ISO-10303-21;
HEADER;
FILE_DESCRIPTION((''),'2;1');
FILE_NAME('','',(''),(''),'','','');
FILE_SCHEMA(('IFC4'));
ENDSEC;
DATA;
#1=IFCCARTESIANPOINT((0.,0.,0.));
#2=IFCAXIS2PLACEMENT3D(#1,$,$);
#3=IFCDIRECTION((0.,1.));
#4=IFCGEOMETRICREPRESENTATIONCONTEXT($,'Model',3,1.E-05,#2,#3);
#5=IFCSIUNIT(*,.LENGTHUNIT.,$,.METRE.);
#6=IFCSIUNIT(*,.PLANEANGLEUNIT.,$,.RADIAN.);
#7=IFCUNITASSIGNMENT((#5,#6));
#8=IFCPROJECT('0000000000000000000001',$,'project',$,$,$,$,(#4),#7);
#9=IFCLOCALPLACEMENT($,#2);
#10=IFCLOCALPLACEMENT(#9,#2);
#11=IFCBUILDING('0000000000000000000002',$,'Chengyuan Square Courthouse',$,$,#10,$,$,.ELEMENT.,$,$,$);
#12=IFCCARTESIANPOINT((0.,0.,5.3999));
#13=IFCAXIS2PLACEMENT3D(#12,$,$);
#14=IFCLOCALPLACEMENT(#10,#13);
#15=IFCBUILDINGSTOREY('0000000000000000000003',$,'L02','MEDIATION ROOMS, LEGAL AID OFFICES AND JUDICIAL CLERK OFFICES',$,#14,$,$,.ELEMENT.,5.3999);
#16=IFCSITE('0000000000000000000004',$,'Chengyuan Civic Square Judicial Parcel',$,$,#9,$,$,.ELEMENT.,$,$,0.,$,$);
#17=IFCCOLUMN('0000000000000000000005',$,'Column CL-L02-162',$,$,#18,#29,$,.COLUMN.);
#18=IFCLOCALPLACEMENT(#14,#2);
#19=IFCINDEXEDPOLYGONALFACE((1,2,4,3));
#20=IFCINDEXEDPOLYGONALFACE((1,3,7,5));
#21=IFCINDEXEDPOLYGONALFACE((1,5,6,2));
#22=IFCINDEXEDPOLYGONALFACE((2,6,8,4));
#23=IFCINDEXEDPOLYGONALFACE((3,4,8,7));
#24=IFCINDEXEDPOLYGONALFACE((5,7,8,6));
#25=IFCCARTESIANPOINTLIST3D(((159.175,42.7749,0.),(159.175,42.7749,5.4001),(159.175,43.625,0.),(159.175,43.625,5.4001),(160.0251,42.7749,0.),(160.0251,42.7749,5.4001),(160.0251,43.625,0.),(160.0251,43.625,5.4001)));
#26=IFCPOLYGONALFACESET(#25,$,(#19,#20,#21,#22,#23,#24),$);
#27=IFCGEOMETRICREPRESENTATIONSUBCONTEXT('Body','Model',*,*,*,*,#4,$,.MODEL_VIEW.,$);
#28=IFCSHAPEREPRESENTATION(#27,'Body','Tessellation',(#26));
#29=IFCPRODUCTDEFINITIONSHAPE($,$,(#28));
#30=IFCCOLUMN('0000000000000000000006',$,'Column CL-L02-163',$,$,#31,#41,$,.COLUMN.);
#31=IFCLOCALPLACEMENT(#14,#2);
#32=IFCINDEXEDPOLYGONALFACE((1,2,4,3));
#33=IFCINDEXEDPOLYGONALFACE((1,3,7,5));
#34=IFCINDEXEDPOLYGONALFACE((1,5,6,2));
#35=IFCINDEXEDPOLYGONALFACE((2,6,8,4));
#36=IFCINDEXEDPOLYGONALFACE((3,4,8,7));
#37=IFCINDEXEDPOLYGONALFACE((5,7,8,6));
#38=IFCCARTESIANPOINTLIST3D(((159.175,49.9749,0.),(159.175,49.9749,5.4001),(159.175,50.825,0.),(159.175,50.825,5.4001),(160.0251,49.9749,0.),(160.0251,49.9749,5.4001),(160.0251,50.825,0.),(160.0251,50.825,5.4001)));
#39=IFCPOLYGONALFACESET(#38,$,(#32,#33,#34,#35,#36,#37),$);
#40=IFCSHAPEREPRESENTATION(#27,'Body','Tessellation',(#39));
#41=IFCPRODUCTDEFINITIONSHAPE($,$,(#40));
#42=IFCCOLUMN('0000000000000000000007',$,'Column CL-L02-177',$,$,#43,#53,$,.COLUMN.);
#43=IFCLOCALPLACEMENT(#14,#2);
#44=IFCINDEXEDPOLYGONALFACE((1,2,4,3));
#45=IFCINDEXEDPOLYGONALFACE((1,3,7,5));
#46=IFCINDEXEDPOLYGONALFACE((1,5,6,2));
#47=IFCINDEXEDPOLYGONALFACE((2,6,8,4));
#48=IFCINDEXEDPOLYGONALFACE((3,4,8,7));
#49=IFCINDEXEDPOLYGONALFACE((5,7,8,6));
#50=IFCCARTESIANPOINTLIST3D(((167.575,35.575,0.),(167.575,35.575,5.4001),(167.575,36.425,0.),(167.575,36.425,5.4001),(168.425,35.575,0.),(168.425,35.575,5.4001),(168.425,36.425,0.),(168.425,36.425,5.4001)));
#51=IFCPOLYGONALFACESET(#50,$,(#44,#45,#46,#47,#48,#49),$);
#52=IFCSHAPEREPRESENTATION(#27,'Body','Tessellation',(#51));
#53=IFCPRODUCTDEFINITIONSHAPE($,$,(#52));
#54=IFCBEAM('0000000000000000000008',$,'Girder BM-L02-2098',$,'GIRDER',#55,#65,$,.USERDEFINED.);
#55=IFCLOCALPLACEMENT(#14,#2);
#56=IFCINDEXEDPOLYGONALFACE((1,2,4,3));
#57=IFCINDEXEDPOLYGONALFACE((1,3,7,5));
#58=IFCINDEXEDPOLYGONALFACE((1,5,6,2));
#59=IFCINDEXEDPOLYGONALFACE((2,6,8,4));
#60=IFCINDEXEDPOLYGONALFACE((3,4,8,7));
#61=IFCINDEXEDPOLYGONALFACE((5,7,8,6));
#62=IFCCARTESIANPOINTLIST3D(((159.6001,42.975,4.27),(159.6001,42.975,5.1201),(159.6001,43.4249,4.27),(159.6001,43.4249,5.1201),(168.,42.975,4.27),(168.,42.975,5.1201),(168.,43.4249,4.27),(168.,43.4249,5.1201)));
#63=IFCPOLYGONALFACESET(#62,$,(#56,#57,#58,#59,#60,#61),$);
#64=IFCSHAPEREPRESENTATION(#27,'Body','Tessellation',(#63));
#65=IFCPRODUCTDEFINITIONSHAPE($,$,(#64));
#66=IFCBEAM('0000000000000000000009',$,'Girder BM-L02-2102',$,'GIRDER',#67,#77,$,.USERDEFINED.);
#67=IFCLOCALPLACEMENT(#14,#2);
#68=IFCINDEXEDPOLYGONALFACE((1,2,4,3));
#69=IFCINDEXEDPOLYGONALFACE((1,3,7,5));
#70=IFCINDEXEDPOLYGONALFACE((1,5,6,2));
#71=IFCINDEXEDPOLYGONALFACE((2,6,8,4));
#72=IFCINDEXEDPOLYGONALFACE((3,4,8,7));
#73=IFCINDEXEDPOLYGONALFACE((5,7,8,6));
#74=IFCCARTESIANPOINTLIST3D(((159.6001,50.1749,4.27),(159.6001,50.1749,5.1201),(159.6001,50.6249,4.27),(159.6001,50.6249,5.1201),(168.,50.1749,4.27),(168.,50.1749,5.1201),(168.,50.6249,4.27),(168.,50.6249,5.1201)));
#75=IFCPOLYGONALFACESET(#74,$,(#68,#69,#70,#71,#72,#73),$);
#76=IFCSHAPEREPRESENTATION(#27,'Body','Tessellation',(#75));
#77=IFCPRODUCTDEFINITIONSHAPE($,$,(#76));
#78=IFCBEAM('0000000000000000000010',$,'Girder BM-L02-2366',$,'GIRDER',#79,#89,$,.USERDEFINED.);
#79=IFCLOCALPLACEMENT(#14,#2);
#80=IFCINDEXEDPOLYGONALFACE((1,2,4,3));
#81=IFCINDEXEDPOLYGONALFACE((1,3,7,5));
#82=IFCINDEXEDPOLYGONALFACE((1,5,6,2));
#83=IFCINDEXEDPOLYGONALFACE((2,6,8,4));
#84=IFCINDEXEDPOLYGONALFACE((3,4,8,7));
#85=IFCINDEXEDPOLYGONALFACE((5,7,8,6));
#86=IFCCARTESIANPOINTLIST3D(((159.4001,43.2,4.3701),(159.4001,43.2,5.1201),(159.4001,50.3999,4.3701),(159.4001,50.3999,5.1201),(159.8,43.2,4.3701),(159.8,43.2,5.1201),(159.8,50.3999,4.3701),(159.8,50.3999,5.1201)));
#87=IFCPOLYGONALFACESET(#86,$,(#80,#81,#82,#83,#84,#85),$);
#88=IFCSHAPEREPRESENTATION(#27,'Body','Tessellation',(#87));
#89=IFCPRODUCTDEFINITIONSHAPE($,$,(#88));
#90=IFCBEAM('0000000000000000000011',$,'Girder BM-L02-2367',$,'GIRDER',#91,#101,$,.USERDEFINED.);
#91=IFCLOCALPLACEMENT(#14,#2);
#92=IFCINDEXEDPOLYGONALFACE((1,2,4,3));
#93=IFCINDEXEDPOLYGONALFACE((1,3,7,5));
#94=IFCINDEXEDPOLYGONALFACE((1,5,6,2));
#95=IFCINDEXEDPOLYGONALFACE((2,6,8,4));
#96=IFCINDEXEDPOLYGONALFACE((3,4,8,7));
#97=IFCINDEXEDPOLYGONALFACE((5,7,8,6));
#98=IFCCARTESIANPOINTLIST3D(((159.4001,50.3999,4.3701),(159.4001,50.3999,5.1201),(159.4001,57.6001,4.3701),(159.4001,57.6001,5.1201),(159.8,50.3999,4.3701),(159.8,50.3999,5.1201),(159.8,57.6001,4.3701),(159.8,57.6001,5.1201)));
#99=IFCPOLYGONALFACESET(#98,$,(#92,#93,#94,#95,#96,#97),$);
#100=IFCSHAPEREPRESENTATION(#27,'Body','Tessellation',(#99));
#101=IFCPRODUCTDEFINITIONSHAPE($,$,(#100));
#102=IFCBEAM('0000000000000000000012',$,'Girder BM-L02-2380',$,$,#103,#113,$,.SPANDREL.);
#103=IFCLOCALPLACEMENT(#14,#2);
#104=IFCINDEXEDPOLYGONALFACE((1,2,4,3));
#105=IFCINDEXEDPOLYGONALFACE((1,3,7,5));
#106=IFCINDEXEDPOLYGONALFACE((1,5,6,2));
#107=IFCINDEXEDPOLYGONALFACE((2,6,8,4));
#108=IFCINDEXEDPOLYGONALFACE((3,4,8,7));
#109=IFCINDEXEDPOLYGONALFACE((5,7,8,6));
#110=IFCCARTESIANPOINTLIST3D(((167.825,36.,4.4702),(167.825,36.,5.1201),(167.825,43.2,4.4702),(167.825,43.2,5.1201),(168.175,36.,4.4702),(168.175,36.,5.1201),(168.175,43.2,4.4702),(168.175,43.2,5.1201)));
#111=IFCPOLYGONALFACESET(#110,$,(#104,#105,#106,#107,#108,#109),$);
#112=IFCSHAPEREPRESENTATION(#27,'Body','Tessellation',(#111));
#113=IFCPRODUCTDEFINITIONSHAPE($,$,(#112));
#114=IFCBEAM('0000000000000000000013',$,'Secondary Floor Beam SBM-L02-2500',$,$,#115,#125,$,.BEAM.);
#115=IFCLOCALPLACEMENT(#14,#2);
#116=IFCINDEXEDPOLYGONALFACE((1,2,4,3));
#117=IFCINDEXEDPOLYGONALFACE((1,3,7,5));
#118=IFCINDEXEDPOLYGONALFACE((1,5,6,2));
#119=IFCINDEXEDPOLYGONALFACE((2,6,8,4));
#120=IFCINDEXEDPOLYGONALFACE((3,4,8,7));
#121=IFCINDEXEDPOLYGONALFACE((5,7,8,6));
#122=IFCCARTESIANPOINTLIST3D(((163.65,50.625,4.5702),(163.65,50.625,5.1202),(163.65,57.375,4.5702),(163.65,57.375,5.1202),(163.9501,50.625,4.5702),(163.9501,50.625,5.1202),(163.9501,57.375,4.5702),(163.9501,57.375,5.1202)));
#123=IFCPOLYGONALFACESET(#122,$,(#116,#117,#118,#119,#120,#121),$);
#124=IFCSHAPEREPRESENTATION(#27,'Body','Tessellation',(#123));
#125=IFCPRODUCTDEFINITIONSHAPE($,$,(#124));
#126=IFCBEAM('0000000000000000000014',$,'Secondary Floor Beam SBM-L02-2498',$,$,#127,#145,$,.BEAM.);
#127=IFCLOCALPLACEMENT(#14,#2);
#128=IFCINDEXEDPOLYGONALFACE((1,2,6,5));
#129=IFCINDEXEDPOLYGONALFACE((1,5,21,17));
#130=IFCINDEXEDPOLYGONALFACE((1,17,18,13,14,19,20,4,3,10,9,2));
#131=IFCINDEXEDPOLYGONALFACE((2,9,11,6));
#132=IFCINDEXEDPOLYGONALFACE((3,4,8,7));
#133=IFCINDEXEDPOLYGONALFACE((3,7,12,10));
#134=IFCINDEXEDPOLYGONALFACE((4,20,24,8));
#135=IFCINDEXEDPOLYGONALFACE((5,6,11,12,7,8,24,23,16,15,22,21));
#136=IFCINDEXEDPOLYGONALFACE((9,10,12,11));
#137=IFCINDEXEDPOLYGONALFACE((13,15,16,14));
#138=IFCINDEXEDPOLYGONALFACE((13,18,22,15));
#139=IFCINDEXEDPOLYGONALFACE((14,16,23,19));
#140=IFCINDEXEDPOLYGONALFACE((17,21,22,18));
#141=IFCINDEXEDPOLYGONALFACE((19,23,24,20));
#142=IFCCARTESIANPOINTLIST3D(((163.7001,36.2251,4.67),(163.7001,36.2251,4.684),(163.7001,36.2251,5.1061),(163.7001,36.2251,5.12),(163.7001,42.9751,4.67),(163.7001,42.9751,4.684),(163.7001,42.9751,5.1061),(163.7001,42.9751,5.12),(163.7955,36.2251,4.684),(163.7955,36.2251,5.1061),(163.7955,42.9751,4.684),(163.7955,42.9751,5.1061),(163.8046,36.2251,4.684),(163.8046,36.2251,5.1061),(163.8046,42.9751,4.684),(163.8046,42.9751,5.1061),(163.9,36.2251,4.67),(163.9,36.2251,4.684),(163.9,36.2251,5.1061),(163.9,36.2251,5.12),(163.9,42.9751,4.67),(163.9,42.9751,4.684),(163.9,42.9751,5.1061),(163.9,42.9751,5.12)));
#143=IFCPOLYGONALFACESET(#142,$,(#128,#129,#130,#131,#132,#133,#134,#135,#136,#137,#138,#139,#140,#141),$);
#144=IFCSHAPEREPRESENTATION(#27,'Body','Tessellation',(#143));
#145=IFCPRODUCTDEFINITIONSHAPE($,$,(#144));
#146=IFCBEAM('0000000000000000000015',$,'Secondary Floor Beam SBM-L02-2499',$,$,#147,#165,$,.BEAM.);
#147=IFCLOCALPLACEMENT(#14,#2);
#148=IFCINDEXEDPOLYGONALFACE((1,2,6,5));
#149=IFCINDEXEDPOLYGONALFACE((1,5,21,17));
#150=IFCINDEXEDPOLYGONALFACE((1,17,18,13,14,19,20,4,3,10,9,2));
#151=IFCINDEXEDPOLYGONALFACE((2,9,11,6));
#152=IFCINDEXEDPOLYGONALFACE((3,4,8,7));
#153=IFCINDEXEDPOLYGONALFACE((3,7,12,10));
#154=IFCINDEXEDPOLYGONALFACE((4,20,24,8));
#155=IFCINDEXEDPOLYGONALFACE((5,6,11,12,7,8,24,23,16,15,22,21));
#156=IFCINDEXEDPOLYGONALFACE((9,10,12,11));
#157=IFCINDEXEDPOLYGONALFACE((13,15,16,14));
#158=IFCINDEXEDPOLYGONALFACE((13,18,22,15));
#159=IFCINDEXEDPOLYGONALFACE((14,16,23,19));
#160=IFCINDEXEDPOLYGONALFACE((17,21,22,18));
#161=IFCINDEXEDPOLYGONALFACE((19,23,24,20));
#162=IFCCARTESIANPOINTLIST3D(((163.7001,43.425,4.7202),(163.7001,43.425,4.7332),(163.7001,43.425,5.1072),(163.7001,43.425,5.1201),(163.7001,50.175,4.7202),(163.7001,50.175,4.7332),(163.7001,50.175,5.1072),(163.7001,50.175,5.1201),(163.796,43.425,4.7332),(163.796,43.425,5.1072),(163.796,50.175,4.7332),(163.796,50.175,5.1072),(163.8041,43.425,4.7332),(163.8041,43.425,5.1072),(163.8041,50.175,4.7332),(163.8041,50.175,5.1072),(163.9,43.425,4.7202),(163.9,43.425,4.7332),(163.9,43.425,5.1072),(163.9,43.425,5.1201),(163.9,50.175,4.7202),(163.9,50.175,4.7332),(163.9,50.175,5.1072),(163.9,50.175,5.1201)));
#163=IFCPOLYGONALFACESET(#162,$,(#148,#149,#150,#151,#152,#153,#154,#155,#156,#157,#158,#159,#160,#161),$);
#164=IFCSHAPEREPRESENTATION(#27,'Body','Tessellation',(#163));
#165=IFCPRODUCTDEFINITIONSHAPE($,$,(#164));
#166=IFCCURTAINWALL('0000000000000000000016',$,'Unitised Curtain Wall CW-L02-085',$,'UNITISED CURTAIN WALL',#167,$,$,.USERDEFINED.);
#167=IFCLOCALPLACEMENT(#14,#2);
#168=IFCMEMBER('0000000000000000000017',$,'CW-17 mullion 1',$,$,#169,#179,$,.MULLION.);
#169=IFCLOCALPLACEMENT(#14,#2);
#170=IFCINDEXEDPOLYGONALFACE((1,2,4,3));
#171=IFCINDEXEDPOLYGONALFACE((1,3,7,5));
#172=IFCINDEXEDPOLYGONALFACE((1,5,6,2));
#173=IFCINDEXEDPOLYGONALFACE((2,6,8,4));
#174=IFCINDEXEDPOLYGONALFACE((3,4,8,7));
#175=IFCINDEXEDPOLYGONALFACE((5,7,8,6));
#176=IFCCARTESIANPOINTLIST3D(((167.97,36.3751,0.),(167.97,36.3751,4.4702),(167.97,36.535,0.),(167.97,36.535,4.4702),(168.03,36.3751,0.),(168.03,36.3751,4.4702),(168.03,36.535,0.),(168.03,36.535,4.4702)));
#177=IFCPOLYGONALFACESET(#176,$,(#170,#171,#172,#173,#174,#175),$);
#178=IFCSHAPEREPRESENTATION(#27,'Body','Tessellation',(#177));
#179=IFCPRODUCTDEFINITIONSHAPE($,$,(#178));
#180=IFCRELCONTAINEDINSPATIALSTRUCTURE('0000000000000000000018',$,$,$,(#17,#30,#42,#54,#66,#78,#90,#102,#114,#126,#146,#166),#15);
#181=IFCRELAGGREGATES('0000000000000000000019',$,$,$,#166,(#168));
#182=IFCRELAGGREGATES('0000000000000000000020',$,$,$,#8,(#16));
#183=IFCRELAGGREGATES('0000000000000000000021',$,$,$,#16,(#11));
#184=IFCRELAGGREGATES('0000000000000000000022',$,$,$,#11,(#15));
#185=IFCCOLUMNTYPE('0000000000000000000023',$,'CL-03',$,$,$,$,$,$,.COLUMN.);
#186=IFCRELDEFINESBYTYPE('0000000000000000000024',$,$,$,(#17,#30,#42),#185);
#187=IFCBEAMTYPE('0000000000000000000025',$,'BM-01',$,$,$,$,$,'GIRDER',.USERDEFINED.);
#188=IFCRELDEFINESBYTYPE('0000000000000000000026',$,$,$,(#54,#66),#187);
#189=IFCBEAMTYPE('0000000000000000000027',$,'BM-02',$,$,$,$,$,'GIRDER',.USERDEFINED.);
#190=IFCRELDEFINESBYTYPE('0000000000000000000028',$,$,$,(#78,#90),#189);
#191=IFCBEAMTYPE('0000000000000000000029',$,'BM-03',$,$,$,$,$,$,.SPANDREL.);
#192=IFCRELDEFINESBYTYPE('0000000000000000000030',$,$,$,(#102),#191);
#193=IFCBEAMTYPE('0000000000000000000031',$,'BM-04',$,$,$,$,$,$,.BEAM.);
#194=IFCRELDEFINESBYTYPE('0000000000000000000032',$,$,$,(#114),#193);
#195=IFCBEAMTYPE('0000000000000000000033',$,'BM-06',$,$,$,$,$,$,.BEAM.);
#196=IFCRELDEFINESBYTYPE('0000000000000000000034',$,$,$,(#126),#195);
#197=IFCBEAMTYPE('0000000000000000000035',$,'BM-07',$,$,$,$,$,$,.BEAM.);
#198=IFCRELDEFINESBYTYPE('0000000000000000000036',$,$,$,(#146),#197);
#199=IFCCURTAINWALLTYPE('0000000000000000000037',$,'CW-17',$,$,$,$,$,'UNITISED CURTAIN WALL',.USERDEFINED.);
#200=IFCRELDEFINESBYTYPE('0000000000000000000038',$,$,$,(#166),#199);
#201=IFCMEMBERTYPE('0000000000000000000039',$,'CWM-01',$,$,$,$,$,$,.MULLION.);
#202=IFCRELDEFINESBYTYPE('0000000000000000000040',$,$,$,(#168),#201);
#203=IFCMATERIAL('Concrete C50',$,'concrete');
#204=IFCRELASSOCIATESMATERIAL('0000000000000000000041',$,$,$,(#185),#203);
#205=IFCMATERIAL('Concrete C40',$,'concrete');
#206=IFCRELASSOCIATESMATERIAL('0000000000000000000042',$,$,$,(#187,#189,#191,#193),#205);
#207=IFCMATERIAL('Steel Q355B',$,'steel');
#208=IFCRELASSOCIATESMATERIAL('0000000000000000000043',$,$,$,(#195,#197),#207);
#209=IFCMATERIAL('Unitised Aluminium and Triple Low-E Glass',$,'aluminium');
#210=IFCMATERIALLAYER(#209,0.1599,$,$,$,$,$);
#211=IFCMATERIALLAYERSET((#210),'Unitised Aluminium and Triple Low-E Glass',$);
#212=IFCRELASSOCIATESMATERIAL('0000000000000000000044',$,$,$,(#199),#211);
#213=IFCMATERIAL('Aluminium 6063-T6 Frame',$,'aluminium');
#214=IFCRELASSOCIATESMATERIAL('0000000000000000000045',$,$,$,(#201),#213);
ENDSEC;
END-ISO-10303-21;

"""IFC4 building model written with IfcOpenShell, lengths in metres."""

from ifc_helpers import new_model, si_unit, direction, frame, origin, origin_2d, place, context, subcontext, project, spatial, rectangle, i_section, extrude, material, layer, layer_set, material_profile, profile_set, type_object, element, aggregate, save


model = new_model("IFC4")

# Units and contexts
model_context = context("Model", 3, precision=1e-05, world=origin(), true_north=direction((0.0, 1.0)))
body_context = subcontext(model_context, "Body", "Model", "MODEL_VIEW")
ifc_project = project(units=[si_unit("LENGTHUNIT", "METRE"), si_unit("PLANEANGLEUNIT", "RADIAN")], contexts=[model_context])

# Site, building, storey
site_placement = place(None, origin())
site = spatial("IfcSite", under=ifc_project, at=site_placement, Name="Chengyuan Civic Square Judicial Parcel", CompositionType="ELEMENT", RefElevation=0.0)
building_placement = place(site_placement, origin())
building = spatial("IfcBuilding", under=site, at=building_placement, Name="Chengyuan Square Courthouse", CompositionType="ELEMENT")
storey_placement = place(building_placement, frame((0.0, 0.0, 5.3999)))
storey = spatial("IfcBuildingStorey", under=building, at=storey_placement, Name="L02", Description="MEDIATION ROOMS, LEGAL AID OFFICES AND JUDICIAL CLERK OFFICES", CompositionType="ELEMENT", Elevation=5.3999)

# Columns
ifc_material_1 = material(Name="Concrete C50", Category="concrete")
ifc_material_profile_1 = material_profile(ifc_material_1, rectangle(XDim=0.8501, YDim=0.8501, at=origin_2d()), Name="RC-COL-850x850")
ifc_profile_set_1 = profile_set([ifc_material_profile_1], Name="Concrete C50")
column_type = type_object("IfcColumnType", Name="CL-03", PredefinedType="COLUMN", material=ifc_profile_set_1)
for number, where, z_axis, x_axis, name in (
    (1, (159.6001, 43.2, 0.0), (0.0, 0.0, 1.0), (1.0, 0.0, 0.0), "Column CL-L02-162"),
    (2, (159.6001, 50.3999, 0.0), (0.0, 0.0, 1.0), (1.0, 0.0, 0.0), "Column CL-L02-163"),
    (3, (168.0, 36.0, 0.0), (0.0, 0.0, 1.0), (1.0, 0.0, 0.0), "Column CL-L02-177"),
):
    element("IfcColumn", number, at=place(storey_placement, frame(where, z_axis=z_axis, x_axis=x_axis)), inside=storey, type_object=column_type, Name=name, PredefinedType="COLUMN", context=body_context, shape_type="SweptSolid", body=[
        extrude(rectangle(XDim=0.8501, YDim=0.8501, at=origin_2d()), origin(), (0.0, 0.0, 1.0), 5.4001),
    ])

# Beams
ifc_material_2 = material(Name="Concrete C40", Category="concrete")
ifc_material_profile_2 = material_profile(ifc_material_2, rectangle(XDim=0.45, YDim=0.8501, at=origin_2d()), Name="RC-BM-450x850")
ifc_profile_set_2 = profile_set([ifc_material_profile_2], Name="Concrete C40")
beam_type_1 = type_object("IfcBeamType", Name="BM-01", ElementType="GIRDER", PredefinedType="USERDEFINED", material=ifc_profile_set_2)
for number, where, z_axis, x_axis, name in (
    (4, (159.6001, 43.2, 4.6951), (1.0, 0.0, 0.0), (0.0, 1.0, 0.0), "Girder BM-L02-2098"),
    (5, (159.6001, 50.3999, 4.6951), (1.0, 0.0, 0.0), (0.0, 1.0, 0.0), "Girder BM-L02-2102"),
):
    element("IfcBeam", number, at=place(storey_placement, frame(where, z_axis=z_axis, x_axis=x_axis)), inside=storey, type_object=beam_type_1, Name=name, ObjectType="GIRDER", PredefinedType="USERDEFINED", context=body_context, shape_type="SweptSolid", body=[
        extrude(rectangle(XDim=0.45, YDim=0.8501, at=origin_2d()), origin(), (0.0, 0.0, 1.0), 8.3999),
    ])
ifc_material_profile_3 = material_profile(ifc_material_2, rectangle(XDim=0.3999, YDim=0.75, at=origin_2d()), Name="RC-BM-400x750")
ifc_profile_set_3 = profile_set([ifc_material_profile_3], Name="Concrete C40")
beam_type_2 = type_object("IfcBeamType", Name="BM-02", ElementType="GIRDER", PredefinedType="USERDEFINED", material=ifc_profile_set_3)
beam_1_placement = place(storey_placement, frame((159.6001, 43.2, 4.7451), z_axis=(0.0, 1.0, 0.0), x_axis=(-1.0, 0.0, 0.0)))
element("IfcBeam", 6, at=beam_1_placement, inside=storey, type_object=beam_type_2, Name="Girder BM-L02-2366", ObjectType="GIRDER", PredefinedType="USERDEFINED", context=body_context, shape_type="SweptSolid", body=[
    extrude(rectangle(XDim=0.3999, YDim=0.75, at=origin_2d()), origin(), (0.0, 0.0, 1.0), 7.2),
])
beam_2_placement = place(storey_placement, frame((159.6001, 50.3999, 4.7451), z_axis=(0.0, 1.0, 0.0), x_axis=(-1.0, 0.0, 0.0)))
element("IfcBeam", 7, at=beam_2_placement, inside=storey, type_object=beam_type_2, Name="Girder BM-L02-2367", ObjectType="GIRDER", PredefinedType="USERDEFINED", context=body_context, shape_type="SweptSolid", body=[
    extrude(rectangle(XDim=0.3999, YDim=0.75, at=origin_2d()), origin(), (0.0, 0.0, 1.0), 7.2002),
])
ifc_material_profile_4 = material_profile(ifc_material_2, rectangle(XDim=0.3501, YDim=0.6499, at=origin_2d()), Name="RC-BM-350x650")
ifc_profile_set_4 = profile_set([ifc_material_profile_4], Name="Concrete C40")
beam_type_3 = type_object("IfcBeamType", Name="BM-03", PredefinedType="SPANDREL", material=ifc_profile_set_4)
beam_3_placement = place(storey_placement, frame((168.0, 36.0, 4.7952), z_axis=(0.0, 1.0, 0.0), x_axis=(-1.0, 0.0, 0.0)))
element("IfcBeam", 8, at=beam_3_placement, inside=storey, type_object=beam_type_3, Name="Girder BM-L02-2380", PredefinedType="SPANDREL", context=body_context, shape_type="SweptSolid", body=[
    extrude(rectangle(XDim=0.3501, YDim=0.6499, at=origin_2d()), origin(), (0.0, 0.0, 1.0), 7.2),
])
ifc_material_profile_5 = material_profile(ifc_material_2, rectangle(XDim=0.3, YDim=0.55, at=origin_2d()), Name="RC-BM-300x550")
ifc_profile_set_5 = profile_set([ifc_material_profile_5], Name="Concrete C40")
beam_type_4 = type_object("IfcBeamType", Name="BM-04", PredefinedType="BEAM", material=ifc_profile_set_5)
beam_4_placement = place(storey_placement, frame((163.8, 50.625, 4.8452), z_axis=(0.0, 1.0, 0.0), x_axis=(-1.0, 0.0, 0.0)))
element("IfcBeam", 9, at=beam_4_placement, inside=storey, type_object=beam_type_4, Name="Secondary Floor Beam SBM-L02-2500", PredefinedType="BEAM", context=body_context, shape_type="SweptSolid", body=[
    extrude(rectangle(XDim=0.3, YDim=0.55, at=origin_2d()), origin(), (0.0, 0.0, 1.0), 6.75),
])
ifc_material_3 = material(Name="Steel Q355B", Category="steel")
ifc_material_profile_6 = material_profile(ifc_material_3, i_section(OverallWidth=0.2, OverallDepth=0.45, WebThickness=0.009, FlangeThickness=0.0139, at=origin_2d()), Name="HN 450x200x9x14")
ifc_profile_set_6 = profile_set([ifc_material_profile_6], Name="Steel Q355B")
beam_type_5 = type_object("IfcBeamType", Name="BM-06", PredefinedType="BEAM", material=ifc_profile_set_6)
beam_5_placement = place(storey_placement, frame((163.8, 36.2251, 4.895), z_axis=(0.0, 1.0, 0.0), x_axis=(-1.0, 0.0, 0.0)))
element("IfcBeam", 10, at=beam_5_placement, inside=storey, type_object=beam_type_5, Name="Secondary Floor Beam SBM-L02-2498", PredefinedType="BEAM", context=body_context, shape_type="SweptSolid", body=[
    extrude(i_section(OverallWidth=0.2, OverallDepth=0.45, WebThickness=0.009, FlangeThickness=0.0139, at=origin_2d()), origin(), (0.0, 0.0, 1.0), 6.75),
])
ifc_material_profile_7 = material_profile(ifc_material_3, i_section(OverallWidth=0.2, OverallDepth=0.3999, WebThickness=0.0081, FlangeThickness=0.0129, at=origin_2d()), Name="HN 400x200x8x13")
ifc_profile_set_7 = profile_set([ifc_material_profile_7], Name="Steel Q355B")
beam_type_6 = type_object("IfcBeamType", Name="BM-07", PredefinedType="BEAM", material=ifc_profile_set_7)
beam_6_placement = place(storey_placement, frame((163.8, 43.425, 4.9202), z_axis=(0.0, 1.0, 0.0), x_axis=(-1.0, 0.0, 0.0)))
element("IfcBeam", 11, at=beam_6_placement, inside=storey, type_object=beam_type_6, Name="Secondary Floor Beam SBM-L02-2499", PredefinedType="BEAM", context=body_context, shape_type="SweptSolid", body=[
    extrude(i_section(OverallWidth=0.2, OverallDepth=0.3999, WebThickness=0.0081, FlangeThickness=0.0129, at=origin_2d()), origin(), (0.0, 0.0, 1.0), 6.75),
])

# Curtain wall, member
ifc_material_4 = material(Name="Unitised Aluminium and Triple Low-E Glass", Category="aluminium")
ifc_layer_1 = layer(ifc_material_4, 0.1599)
ifc_layer_set_1 = layer_set([ifc_layer_1], Name="Unitised Aluminium and Triple Low-E Glass")
curtain_wall_type = type_object("IfcCurtainWallType", Name="CW-17", ElementType="UNITISED CURTAIN WALL", PredefinedType="USERDEFINED", material=ifc_layer_set_1)
curtain_wall_placement = place(storey_placement, origin())
curtain_wall = element("IfcCurtainWall", 12, at=curtain_wall_placement, inside=storey, type_object=curtain_wall_type, Name="Unitised Curtain Wall CW-L02-085", ObjectType="UNITISED CURTAIN WALL", PredefinedType="USERDEFINED")
ifc_material_5 = material(Name="Aluminium 6063-T6 Frame", Category="aluminium")
ifc_material_profile_8 = material_profile(ifc_material_5, rectangle(XDim=0.0601, YDim=0.1599, at=origin_2d()), Name="CW-MUL-60x160")
ifc_profile_set_8 = profile_set([ifc_material_profile_8], Name="Aluminium 6063-T6 Frame")
member_type = type_object("IfcMemberType", Name="CWM-01", PredefinedType="MULLION", material=ifc_profile_set_8)
member_placement = place(storey_placement, frame((168.0, 36.4551, 0.0), z_axis=(0.0, 0.0, 1.0), x_axis=(-1.0, 0.0, 0.0)))
member = element("IfcMember", 13, at=member_placement, type_object=member_type, Name="CW-17 mullion 1", PredefinedType="MULLION", context=body_context, shape_type="SweptSolid", body=[
    extrude(rectangle(XDim=0.0601, YDim=0.1599, at=origin_2d()), origin(), (0.0, 0.0, 1.0), 4.4702),
])
aggregate(curtain_wall, [member])

save(model, "model.ifc")
